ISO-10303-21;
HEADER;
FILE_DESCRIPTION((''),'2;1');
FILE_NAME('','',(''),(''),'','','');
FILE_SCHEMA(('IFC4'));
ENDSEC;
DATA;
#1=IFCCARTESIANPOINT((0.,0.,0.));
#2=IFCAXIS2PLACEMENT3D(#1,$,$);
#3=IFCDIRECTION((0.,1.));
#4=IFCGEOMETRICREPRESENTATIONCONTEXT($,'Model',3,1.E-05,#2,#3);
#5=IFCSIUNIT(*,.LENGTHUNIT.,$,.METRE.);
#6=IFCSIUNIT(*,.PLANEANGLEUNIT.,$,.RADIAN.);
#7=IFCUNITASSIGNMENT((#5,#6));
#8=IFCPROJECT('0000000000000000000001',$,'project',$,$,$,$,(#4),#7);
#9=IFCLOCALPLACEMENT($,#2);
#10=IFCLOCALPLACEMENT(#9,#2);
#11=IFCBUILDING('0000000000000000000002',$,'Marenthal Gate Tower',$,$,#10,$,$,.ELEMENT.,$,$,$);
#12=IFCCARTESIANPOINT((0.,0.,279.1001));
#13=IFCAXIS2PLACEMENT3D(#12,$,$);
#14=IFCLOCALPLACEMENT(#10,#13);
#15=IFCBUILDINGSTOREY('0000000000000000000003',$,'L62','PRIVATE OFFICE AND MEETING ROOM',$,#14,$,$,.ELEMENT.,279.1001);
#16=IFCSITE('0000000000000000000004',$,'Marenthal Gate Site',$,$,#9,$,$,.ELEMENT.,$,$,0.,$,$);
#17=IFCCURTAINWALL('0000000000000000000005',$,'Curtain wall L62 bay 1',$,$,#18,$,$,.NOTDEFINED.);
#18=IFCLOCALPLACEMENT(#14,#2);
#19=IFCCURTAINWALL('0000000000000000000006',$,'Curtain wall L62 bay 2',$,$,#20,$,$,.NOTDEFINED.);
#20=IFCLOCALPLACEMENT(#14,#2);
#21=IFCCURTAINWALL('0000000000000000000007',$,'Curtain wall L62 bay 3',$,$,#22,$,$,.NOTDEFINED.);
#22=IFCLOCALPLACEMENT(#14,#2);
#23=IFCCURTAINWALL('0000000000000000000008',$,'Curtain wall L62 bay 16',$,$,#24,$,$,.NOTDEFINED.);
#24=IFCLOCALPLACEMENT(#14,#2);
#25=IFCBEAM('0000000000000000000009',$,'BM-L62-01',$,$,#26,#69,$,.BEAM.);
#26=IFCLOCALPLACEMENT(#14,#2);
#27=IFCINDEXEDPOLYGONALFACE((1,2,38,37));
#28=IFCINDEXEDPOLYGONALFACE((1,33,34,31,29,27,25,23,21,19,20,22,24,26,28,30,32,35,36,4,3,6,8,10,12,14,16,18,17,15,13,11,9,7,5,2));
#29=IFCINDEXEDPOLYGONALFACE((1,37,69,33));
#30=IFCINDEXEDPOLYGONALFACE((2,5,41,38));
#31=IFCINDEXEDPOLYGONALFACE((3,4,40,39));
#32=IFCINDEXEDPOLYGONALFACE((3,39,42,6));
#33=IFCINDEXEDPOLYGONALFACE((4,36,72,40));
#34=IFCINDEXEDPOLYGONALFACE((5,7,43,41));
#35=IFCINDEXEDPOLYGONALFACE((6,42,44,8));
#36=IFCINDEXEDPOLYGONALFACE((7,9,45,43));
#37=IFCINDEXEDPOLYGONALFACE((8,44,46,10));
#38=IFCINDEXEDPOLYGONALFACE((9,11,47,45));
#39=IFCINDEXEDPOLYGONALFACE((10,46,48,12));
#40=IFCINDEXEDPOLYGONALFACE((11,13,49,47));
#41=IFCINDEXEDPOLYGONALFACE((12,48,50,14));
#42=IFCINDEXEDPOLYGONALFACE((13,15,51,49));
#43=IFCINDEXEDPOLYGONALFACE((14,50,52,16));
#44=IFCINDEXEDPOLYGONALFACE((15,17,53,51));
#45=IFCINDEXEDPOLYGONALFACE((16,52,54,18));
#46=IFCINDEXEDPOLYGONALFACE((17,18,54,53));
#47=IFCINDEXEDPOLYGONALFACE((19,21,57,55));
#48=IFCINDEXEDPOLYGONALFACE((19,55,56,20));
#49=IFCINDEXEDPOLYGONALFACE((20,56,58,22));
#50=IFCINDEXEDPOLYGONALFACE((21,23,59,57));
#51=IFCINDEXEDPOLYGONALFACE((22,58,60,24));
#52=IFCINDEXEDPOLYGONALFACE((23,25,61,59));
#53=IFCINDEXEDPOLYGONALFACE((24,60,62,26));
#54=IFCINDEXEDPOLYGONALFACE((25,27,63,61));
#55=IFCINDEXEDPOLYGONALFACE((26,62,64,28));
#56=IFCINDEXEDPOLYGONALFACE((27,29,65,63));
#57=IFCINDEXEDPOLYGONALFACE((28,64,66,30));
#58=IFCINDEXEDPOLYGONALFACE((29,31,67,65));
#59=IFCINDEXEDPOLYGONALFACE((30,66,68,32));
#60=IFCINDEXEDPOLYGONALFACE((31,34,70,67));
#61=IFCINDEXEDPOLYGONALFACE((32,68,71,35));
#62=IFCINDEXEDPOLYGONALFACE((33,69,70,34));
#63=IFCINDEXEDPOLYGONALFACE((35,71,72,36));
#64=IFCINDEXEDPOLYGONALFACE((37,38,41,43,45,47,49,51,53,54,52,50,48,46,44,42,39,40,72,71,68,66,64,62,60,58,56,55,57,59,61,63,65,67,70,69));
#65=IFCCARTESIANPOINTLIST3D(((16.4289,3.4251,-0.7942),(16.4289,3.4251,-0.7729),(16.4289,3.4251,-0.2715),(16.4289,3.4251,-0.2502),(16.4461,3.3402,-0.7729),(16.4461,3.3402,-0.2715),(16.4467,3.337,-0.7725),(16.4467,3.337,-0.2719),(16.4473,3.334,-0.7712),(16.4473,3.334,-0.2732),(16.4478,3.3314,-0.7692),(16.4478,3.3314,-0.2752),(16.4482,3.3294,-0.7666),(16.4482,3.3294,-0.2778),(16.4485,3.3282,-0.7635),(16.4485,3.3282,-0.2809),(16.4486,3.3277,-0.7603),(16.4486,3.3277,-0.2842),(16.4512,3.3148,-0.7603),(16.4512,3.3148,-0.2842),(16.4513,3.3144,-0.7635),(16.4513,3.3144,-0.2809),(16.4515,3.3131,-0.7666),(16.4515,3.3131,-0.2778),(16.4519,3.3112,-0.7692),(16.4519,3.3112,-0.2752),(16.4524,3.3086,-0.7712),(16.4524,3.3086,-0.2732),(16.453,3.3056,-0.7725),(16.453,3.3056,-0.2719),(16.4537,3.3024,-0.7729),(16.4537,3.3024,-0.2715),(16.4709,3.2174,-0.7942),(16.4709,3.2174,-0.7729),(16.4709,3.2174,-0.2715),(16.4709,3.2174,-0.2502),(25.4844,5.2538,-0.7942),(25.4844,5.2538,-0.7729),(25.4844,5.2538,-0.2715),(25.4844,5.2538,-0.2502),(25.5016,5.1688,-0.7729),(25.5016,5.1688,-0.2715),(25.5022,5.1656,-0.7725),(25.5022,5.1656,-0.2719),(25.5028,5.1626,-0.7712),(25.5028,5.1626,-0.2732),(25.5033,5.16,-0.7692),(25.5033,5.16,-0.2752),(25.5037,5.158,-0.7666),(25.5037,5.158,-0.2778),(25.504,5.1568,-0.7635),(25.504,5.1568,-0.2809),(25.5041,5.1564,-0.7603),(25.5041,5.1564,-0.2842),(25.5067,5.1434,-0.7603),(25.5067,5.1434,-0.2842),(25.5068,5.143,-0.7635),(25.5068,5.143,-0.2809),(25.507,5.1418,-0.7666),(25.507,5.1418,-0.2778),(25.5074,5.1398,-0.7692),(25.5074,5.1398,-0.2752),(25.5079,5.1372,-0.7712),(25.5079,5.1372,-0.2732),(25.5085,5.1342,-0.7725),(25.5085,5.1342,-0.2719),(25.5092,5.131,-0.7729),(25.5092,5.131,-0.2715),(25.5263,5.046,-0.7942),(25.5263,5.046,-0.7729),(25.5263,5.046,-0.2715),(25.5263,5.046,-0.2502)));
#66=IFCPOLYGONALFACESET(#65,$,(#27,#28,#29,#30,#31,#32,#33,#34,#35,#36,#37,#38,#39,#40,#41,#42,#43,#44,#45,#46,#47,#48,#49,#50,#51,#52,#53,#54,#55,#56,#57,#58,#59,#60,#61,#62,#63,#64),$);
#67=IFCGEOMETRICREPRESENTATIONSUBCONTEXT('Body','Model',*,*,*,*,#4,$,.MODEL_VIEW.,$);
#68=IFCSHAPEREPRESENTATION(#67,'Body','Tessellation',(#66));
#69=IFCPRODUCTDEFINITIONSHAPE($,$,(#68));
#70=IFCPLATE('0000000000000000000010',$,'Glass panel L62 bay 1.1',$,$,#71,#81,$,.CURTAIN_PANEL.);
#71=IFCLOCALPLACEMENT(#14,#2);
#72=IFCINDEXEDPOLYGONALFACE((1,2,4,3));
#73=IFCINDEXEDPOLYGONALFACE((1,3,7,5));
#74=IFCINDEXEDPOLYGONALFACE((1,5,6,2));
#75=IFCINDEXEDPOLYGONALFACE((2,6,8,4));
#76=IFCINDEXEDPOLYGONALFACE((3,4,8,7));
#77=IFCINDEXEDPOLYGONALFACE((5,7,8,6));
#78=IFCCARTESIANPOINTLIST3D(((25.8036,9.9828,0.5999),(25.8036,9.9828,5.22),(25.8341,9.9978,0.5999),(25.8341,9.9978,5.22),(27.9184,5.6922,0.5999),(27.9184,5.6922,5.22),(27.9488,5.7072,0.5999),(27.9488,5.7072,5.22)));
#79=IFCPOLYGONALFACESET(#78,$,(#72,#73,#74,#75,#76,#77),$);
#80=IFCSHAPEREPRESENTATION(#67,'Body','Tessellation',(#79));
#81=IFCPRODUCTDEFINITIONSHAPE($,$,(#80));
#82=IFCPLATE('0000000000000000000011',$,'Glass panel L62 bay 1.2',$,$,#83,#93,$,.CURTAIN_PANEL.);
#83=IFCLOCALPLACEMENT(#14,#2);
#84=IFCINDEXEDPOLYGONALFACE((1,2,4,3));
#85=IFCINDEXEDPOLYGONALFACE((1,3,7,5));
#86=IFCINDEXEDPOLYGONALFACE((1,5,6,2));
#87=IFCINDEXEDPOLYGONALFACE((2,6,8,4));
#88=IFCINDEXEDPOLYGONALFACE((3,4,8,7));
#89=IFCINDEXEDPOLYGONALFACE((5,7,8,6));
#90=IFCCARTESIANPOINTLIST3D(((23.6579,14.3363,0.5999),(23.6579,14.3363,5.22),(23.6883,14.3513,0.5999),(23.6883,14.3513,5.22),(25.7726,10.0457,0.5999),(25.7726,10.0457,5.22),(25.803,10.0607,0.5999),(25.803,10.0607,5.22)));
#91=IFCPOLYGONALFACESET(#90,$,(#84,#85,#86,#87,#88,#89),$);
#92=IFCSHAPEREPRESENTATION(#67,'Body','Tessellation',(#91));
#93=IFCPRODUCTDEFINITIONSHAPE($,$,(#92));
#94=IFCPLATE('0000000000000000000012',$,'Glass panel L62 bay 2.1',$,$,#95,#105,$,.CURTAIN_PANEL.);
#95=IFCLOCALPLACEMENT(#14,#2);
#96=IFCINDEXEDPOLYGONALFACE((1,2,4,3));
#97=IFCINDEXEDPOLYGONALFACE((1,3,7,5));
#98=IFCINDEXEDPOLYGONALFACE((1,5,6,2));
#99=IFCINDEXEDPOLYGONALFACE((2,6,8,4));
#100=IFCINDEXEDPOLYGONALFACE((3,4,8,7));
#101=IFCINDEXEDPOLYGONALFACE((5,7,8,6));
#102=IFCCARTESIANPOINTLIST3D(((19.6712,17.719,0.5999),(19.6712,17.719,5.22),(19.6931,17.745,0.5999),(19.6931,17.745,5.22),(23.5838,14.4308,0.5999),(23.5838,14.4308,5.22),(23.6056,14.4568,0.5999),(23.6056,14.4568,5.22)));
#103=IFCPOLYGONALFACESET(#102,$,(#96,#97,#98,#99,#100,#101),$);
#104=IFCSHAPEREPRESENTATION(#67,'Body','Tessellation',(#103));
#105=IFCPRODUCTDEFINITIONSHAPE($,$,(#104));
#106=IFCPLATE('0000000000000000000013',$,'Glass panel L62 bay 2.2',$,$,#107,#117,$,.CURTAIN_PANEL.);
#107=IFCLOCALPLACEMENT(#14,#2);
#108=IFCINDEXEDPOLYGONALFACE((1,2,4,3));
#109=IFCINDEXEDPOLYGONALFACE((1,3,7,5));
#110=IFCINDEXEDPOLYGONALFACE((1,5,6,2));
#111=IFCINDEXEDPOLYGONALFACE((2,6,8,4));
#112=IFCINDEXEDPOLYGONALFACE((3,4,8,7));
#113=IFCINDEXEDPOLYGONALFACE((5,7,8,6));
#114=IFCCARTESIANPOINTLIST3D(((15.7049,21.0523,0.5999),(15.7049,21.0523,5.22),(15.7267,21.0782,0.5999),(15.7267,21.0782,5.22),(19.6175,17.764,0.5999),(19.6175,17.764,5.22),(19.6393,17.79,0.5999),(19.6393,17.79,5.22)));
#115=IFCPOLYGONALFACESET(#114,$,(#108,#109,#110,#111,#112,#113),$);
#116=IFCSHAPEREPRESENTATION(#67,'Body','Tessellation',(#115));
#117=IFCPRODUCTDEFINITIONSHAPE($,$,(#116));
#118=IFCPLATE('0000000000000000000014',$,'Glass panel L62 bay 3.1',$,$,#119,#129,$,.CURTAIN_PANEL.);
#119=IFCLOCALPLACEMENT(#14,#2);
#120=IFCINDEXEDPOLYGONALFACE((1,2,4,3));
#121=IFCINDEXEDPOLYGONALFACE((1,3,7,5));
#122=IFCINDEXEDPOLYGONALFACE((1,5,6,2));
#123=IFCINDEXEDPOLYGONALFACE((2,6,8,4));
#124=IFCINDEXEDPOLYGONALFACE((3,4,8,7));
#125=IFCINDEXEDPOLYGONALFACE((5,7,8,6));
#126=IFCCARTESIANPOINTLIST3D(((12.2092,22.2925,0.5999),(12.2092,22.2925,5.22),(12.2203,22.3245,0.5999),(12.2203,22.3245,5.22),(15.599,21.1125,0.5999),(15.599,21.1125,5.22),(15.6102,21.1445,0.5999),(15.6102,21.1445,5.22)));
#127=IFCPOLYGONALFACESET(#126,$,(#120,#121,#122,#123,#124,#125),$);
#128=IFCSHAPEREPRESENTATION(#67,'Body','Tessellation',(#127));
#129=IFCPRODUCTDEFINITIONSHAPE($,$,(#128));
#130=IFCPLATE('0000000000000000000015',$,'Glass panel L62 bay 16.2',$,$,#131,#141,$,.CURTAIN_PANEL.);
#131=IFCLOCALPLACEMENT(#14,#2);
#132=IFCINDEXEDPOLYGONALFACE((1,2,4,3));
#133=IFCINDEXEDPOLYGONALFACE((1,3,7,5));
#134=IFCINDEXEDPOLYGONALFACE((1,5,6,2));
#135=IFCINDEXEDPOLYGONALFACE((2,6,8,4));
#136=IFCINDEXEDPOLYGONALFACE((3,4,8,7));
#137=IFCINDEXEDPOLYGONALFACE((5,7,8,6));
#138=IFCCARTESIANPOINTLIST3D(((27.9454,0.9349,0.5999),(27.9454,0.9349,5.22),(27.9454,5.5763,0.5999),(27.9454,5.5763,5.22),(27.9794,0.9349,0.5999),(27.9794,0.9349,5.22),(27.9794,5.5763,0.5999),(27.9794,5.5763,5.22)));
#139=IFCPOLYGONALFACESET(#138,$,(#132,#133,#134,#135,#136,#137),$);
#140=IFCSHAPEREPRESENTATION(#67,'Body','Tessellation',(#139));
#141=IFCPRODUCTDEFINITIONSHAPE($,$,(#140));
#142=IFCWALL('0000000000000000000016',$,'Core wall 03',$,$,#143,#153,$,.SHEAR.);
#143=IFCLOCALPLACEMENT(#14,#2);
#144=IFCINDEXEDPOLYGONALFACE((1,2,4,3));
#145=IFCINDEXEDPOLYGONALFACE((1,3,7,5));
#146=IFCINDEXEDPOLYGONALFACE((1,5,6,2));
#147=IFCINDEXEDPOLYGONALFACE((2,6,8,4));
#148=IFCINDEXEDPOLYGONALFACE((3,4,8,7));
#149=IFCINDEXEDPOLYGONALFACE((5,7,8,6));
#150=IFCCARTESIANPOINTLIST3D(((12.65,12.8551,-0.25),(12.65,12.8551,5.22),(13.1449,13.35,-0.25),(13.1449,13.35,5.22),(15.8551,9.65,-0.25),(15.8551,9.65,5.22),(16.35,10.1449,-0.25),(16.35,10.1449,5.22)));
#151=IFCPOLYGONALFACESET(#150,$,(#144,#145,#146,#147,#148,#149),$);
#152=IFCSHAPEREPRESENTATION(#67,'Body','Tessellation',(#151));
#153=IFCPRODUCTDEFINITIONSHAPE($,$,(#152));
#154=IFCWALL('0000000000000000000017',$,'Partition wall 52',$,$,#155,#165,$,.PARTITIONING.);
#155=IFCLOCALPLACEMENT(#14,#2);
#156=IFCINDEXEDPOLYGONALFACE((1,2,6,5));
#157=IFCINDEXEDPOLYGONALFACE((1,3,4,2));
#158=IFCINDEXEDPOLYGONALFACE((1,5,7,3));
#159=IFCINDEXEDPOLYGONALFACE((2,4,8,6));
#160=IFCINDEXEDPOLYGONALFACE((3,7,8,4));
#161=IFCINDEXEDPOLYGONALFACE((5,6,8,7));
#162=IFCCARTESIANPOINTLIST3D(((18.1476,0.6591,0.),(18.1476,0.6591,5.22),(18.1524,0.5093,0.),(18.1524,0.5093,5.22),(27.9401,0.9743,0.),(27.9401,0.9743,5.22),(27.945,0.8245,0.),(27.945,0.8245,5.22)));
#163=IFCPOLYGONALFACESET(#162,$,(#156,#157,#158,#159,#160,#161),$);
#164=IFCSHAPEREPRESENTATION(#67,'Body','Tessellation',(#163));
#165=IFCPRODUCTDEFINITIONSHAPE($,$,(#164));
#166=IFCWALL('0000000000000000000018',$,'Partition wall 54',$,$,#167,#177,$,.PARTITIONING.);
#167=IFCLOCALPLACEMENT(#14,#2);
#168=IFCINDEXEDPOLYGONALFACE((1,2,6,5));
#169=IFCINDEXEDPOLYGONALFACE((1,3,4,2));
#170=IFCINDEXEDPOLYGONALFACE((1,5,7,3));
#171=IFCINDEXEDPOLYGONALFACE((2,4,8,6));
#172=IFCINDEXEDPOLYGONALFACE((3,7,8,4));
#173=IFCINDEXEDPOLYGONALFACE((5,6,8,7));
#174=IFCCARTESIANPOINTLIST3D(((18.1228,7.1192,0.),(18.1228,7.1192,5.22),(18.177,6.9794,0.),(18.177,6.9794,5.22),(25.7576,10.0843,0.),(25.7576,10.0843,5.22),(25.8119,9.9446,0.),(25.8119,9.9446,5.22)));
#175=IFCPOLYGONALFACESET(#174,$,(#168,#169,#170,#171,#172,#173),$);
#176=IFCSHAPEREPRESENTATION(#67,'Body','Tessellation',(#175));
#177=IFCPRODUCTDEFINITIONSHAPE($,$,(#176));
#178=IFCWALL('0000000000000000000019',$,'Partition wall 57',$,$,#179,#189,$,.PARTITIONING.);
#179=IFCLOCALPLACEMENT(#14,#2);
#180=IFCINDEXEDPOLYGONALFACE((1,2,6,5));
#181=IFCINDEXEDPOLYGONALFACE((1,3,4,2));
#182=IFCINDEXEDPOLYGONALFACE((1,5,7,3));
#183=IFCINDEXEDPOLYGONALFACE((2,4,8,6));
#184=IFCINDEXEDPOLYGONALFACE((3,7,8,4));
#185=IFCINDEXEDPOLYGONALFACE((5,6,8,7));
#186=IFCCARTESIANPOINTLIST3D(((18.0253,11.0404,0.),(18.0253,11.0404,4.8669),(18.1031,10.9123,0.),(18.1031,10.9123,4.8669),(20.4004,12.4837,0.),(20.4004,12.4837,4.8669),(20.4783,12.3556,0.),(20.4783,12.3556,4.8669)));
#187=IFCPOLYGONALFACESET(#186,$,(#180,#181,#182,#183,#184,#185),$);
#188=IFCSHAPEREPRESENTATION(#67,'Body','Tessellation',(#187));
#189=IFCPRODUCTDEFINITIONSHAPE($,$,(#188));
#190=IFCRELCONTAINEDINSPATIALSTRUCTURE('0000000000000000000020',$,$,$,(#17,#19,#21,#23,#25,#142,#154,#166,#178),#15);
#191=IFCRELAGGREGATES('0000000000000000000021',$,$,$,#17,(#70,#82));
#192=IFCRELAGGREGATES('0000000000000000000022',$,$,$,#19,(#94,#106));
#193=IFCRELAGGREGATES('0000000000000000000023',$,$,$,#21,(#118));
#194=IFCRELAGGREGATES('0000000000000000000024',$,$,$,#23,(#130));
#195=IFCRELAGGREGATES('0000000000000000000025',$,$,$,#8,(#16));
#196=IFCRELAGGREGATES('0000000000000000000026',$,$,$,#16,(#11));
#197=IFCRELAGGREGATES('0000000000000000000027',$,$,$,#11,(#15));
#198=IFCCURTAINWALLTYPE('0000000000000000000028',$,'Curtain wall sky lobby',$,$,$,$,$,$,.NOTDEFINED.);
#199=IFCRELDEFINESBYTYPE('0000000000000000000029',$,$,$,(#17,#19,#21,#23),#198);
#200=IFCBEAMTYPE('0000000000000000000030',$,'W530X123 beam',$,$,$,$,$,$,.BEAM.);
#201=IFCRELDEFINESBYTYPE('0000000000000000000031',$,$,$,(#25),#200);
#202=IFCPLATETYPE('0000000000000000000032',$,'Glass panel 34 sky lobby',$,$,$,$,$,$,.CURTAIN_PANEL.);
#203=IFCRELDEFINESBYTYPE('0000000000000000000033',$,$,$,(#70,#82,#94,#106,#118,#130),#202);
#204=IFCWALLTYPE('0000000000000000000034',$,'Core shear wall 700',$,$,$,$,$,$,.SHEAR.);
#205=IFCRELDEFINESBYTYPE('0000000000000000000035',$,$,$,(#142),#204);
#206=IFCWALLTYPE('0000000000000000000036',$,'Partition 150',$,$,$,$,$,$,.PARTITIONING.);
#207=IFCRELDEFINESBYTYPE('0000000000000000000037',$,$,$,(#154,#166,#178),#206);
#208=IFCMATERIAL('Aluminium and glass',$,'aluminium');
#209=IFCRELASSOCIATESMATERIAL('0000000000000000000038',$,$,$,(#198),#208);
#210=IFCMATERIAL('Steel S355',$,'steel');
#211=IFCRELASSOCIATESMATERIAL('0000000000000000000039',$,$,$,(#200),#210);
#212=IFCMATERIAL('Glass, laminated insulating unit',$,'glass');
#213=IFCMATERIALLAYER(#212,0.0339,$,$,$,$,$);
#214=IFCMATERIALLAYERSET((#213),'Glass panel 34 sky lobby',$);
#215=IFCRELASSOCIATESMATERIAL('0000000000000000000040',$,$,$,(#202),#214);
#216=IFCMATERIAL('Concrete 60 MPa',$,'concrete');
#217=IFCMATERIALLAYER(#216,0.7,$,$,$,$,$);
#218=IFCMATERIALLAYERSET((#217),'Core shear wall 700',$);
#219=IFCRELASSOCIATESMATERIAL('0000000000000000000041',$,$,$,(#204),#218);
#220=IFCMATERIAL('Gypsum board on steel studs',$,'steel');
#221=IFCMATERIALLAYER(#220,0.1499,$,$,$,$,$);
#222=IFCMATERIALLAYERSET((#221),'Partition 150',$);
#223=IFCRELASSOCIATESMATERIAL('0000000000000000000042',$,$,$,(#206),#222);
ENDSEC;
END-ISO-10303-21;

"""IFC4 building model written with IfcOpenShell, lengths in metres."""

from ifc_helpers import new_model, si_unit, direction, frame, frame_2d, origin, origin_2d, place, context, subcontext, project, spatial, rectangle, i_section, extrude, material, layer, layer_set, material_profile, profile_set, type_object, element, aggregate, save


model = new_model("IFC4")

# Units and contexts
model_context = context("Model", 3, precision=1e-05, world=origin(), true_north=direction((0.0, 1.0)))
body_context = subcontext(model_context, "Body", "Model", "MODEL_VIEW")
ifc_project = project(units=[si_unit("LENGTHUNIT", "METRE"), si_unit("PLANEANGLEUNIT", "RADIAN")], contexts=[model_context])

# Site, building, storey
site_placement = place(None, origin())
site = spatial("IfcSite", under=ifc_project, at=site_placement, Name="Marenthal Gate Site", CompositionType="ELEMENT", RefElevation=0.0)
building_placement = place(site_placement, origin())
building = spatial("IfcBuilding", under=site, at=building_placement, Name="Marenthal Gate Tower", CompositionType="ELEMENT")
storey_placement = place(building_placement, frame((0.0, 0.0, 279.1001)))
storey = spatial("IfcBuildingStorey", under=building, at=storey_placement, Name="L62", Description="PRIVATE OFFICE AND MEETING ROOM", CompositionType="ELEMENT", Elevation=279.1001)

# Curtain walls
ifc_material_1 = material(Name="Aluminium and glass", Category="aluminium")
curtain_wall_type = type_object("IfcCurtainWallType", Name="Curtain wall sky lobby", PredefinedType="NOTDEFINED", material=ifc_material_1)
curtain_wall_1_placement = place(storey_placement, origin())
curtain_wall_1 = element("IfcCurtainWall", 1, at=curtain_wall_1_placement, inside=storey, type_object=curtain_wall_type, Name="Curtain wall L62 bay 1", PredefinedType="NOTDEFINED")
curtain_wall_2_placement = place(storey_placement, origin())
curtain_wall_2 = element("IfcCurtainWall", 2, at=curtain_wall_2_placement, inside=storey, type_object=curtain_wall_type, Name="Curtain wall L62 bay 2", PredefinedType="NOTDEFINED")

# Curtain wall
curtain_wall_3_placement = place(storey_placement, origin())
curtain_wall_3 = element("IfcCurtainWall", 3, at=curtain_wall_3_placement, inside=storey, type_object=curtain_wall_type, Name="Curtain wall L62 bay 3", PredefinedType="NOTDEFINED")

# Curtain wall
curtain_wall_4_placement = place(storey_placement, origin())
curtain_wall_4 = element("IfcCurtainWall", 4, at=curtain_wall_4_placement, inside=storey, type_object=curtain_wall_type, Name="Curtain wall L62 bay 16", PredefinedType="NOTDEFINED")

# Beam
ifc_material_2 = material(Name="Steel S355", Category="steel")
ifc_material_profile_1 = material_profile(ifc_material_2, i_section(OverallWidth=0.2119, OverallDepth=0.5439, WebThickness=0.0132, FlangeThickness=0.0212, FilletRadius=0.0127, at=origin_2d()), Name="W530X123")
ifc_profile_set_1 = profile_set([ifc_material_profile_1], Name="Steel S355")
beam_type_1 = type_object("IfcBeamType", Name="W530X123 beam", PredefinedType="BEAM", material=ifc_profile_set_1)
beam_1_placement = place(storey_placement, frame((25.5054, 5.1499, -0.5222), z_axis=(-0.980214, -0.19794, 0.0), x_axis=(0.19794, -0.980214, 0.0)))
element("IfcBeam", 5, at=beam_1_placement, inside=storey, type_object=beam_type_1, Name="BM-L62-01", PredefinedType="BEAM", context=body_context, shape_type="SweptSolid", body=[
    extrude(i_section(OverallWidth=0.2119, OverallDepth=0.5439, WebThickness=0.0132, FlangeThickness=0.0212, FilletRadius=0.0127, at=origin_2d()), origin(), (0.0, 0.0, 1.0), 9.2383),
])

# Plates
ifc_material_3 = material(Name="Glass, laminated insulating unit", Category="glass")
ifc_layer_1 = layer(ifc_material_3, 0.0339)
ifc_layer_set_1 = layer_set([ifc_layer_1], Name="Glass panel 34 sky lobby")
plate_type = type_object("IfcPlateType", Name="Glass panel 34 sky lobby", PredefinedType="CURTAIN_PANEL", material=ifc_layer_set_1)
plate_1_placement = place(storey_placement, frame((26.8762, 7.845, 0.5999), z_axis=(0.0, 0.0, 1.0), x_axis=(-0.442091, 0.89697, 0.0)))
plate_1 = element("IfcPlate", 6, at=plate_1_placement, type_object=plate_type, Name="Glass panel L62 bay 1.1", PredefinedType="CURTAIN_PANEL", context=body_context, shape_type="SweptSolid", body=[
    extrude(rectangle(XDim=4.7834, YDim=0.0339, at=origin_2d()), origin(), (0.0, 0.0, 1.0), 4.6201),
])
plate_2_placement = place(storey_placement, frame((24.7305, 12.1985, 0.5999), z_axis=(0.0, 0.0, 1.0), x_axis=(-0.442091, 0.89697, 0.0)))
plate_2 = element("IfcPlate", 7, at=plate_2_placement, type_object=plate_type, Name="Glass panel L62 bay 1.2", PredefinedType="CURTAIN_PANEL", context=body_context, shape_type="SweptSolid", body=[
    extrude(rectangle(XDim=4.7834, YDim=0.0339, at=origin_2d()), origin(), (0.0, 0.0, 1.0), 4.6201),
])
aggregate(curtain_wall_1, [plate_1, plate_2])
plate_3_placement = place(storey_placement, frame((21.6384, 16.0879, 0.5999), z_axis=(0.0, 0.0, 1.0), x_axis=(-0.765547, 0.64338, 0.0)))
plate_3 = element("IfcPlate", 8, at=plate_3_placement, type_object=plate_type, Name="Glass panel L62 bay 2.1", PredefinedType="CURTAIN_PANEL", context=body_context, shape_type="SweptSolid", body=[
    extrude(rectangle(XDim=5.1108, YDim=0.0339, at=origin_2d()), origin(), (0.0, 0.0, 1.0), 4.6201),
])
plate_4_placement = place(storey_placement, frame((17.6721, 19.4211, 0.5999), z_axis=(0.0, 0.0, 1.0), x_axis=(-0.765547, 0.64338, 0.0)))
plate_4 = element("IfcPlate", 9, at=plate_4_placement, type_object=plate_type, Name="Glass panel L62 bay 2.2", PredefinedType="CURTAIN_PANEL", context=body_context, shape_type="SweptSolid", body=[
    extrude(rectangle(XDim=5.1108, YDim=0.0339, at=origin_2d()), origin(), (0.0, 0.0, 1.0), 4.6201),
])
aggregate(curtain_wall_2, [plate_3, plate_4])
plate_5_placement = place(storey_placement, frame((13.9097, 21.7185, 0.5999), z_axis=(0.0, 0.0, 1.0), x_axis=(-0.944415, 0.328757, 0.0)))
plate_5 = element("IfcPlate", 10, at=plate_5_placement, type_object=plate_type, Name="Glass panel L62 bay 3.1", PredefinedType="CURTAIN_PANEL", context=body_context, shape_type="SweptSolid", body=[
    extrude(rectangle(XDim=3.5894, YDim=0.0339, at=origin_2d()), origin(), (0.0, 0.0, 1.0), 4.6201),
])
aggregate(curtain_wall_3, [plate_5])
plate_6_placement = place(storey_placement, frame((27.9624, 3.2556, 0.5999), z_axis=(0.0, 0.0, 1.0), x_axis=(0.0, 1.0, 0.0)))
plate_6 = element("IfcPlate", 11, at=plate_6_placement, type_object=plate_type, Name="Glass panel L62 bay 16.2", PredefinedType="CURTAIN_PANEL", context=body_context, shape_type="SweptSolid", body=[
    extrude(rectangle(XDim=4.6414, YDim=0.0339, at=origin_2d()), origin(), (0.0, 0.0, 1.0), 4.6201),
])
aggregate(curtain_wall_4, [plate_6])

# Walls
ifc_material_4 = material(Name="Concrete 60 MPa", Category="concrete")
ifc_layer_2 = layer(ifc_material_4, 0.7)
ifc_layer_set_2 = layer_set([ifc_layer_2], Name="Core shear wall 700")
wall_type_1 = type_object("IfcWallType", Name="Core shear wall 700", PredefinedType="SHEAR", material=ifc_layer_set_2)
wall_1_placement = place(storey_placement, frame((16.1025, 9.8975, -0.25), z_axis=(0.0, 0.0, 1.0), x_axis=(-0.707107, 0.707107, 0.0)))
element("IfcWall", 12, at=wall_1_placement, inside=storey, type_object=wall_type_1, Name="Core wall 03", PredefinedType="SHEAR", context=body_context, shape_type="SweptSolid", body=[
    extrude(rectangle(XDim=4.5327, YDim=0.7, at=frame_2d((2.2664, 0.0))), origin(), (0.0, 0.0, 1.0), 5.47),
])
ifc_material_5 = material(Name="Gypsum board on steel studs", Category="steel")
ifc_layer_3 = layer(ifc_material_5, 0.1499)
ifc_layer_set_3 = layer_set([ifc_layer_3], Name="Partition 150")
wall_type_2 = type_object("IfcWallType", Name="Partition 150", PredefinedType="PARTITIONING", material=ifc_layer_set_3)
wall_2_placement = place(storey_placement, frame((18.1499, 0.5842, 0.0), z_axis=(0.0, 0.0, 1.0), x_axis=(0.999482, 0.03217, 0.0)))
element("IfcWall", 13, at=wall_2_placement, inside=storey, type_object=wall_type_2, Name="Partition wall 52", PredefinedType="PARTITIONING", context=body_context, shape_type="SweptSolid", body=[
    extrude(rectangle(XDim=9.7976, YDim=0.1499, at=frame_2d((4.8989, 0.0))), origin(), (0.0, 0.0, 1.0), 5.22),
])
wall_3_placement = place(storey_placement, frame((18.1499, 7.0493, 0.0), z_axis=(0.0, 0.0, 1.0), x_axis=(0.932169, 0.362023, 0.0)))
element("IfcWall", 14, at=wall_3_placement, inside=storey, type_object=wall_type_2, Name="Partition wall 54", PredefinedType="PARTITIONING", context=body_context, shape_type="SweptSolid", body=[
    extrude(rectangle(XDim=8.1904, YDim=0.1499, at=frame_2d((4.0952, 0.0))), origin(), (0.0, 0.0, 1.0), 5.22),
])
wall_4_placement = place(storey_placement, frame((18.0642, 10.9763, 0.0), z_axis=(0.0, 0.0, 1.0), x_axis=(0.854588, 0.519306, 0.0)))
element("IfcWall", 15, at=wall_4_placement, inside=storey, type_object=wall_type_2, Name="Partition wall 57", PredefinedType="PARTITIONING", context=body_context, shape_type="SweptSolid", body=[
    extrude(rectangle(XDim=2.7793, YDim=0.1499, at=frame_2d((1.3896, 0.0))), origin(), (0.0, 0.0, 1.0), 4.8669),
])

save(model, "model.ifc")
